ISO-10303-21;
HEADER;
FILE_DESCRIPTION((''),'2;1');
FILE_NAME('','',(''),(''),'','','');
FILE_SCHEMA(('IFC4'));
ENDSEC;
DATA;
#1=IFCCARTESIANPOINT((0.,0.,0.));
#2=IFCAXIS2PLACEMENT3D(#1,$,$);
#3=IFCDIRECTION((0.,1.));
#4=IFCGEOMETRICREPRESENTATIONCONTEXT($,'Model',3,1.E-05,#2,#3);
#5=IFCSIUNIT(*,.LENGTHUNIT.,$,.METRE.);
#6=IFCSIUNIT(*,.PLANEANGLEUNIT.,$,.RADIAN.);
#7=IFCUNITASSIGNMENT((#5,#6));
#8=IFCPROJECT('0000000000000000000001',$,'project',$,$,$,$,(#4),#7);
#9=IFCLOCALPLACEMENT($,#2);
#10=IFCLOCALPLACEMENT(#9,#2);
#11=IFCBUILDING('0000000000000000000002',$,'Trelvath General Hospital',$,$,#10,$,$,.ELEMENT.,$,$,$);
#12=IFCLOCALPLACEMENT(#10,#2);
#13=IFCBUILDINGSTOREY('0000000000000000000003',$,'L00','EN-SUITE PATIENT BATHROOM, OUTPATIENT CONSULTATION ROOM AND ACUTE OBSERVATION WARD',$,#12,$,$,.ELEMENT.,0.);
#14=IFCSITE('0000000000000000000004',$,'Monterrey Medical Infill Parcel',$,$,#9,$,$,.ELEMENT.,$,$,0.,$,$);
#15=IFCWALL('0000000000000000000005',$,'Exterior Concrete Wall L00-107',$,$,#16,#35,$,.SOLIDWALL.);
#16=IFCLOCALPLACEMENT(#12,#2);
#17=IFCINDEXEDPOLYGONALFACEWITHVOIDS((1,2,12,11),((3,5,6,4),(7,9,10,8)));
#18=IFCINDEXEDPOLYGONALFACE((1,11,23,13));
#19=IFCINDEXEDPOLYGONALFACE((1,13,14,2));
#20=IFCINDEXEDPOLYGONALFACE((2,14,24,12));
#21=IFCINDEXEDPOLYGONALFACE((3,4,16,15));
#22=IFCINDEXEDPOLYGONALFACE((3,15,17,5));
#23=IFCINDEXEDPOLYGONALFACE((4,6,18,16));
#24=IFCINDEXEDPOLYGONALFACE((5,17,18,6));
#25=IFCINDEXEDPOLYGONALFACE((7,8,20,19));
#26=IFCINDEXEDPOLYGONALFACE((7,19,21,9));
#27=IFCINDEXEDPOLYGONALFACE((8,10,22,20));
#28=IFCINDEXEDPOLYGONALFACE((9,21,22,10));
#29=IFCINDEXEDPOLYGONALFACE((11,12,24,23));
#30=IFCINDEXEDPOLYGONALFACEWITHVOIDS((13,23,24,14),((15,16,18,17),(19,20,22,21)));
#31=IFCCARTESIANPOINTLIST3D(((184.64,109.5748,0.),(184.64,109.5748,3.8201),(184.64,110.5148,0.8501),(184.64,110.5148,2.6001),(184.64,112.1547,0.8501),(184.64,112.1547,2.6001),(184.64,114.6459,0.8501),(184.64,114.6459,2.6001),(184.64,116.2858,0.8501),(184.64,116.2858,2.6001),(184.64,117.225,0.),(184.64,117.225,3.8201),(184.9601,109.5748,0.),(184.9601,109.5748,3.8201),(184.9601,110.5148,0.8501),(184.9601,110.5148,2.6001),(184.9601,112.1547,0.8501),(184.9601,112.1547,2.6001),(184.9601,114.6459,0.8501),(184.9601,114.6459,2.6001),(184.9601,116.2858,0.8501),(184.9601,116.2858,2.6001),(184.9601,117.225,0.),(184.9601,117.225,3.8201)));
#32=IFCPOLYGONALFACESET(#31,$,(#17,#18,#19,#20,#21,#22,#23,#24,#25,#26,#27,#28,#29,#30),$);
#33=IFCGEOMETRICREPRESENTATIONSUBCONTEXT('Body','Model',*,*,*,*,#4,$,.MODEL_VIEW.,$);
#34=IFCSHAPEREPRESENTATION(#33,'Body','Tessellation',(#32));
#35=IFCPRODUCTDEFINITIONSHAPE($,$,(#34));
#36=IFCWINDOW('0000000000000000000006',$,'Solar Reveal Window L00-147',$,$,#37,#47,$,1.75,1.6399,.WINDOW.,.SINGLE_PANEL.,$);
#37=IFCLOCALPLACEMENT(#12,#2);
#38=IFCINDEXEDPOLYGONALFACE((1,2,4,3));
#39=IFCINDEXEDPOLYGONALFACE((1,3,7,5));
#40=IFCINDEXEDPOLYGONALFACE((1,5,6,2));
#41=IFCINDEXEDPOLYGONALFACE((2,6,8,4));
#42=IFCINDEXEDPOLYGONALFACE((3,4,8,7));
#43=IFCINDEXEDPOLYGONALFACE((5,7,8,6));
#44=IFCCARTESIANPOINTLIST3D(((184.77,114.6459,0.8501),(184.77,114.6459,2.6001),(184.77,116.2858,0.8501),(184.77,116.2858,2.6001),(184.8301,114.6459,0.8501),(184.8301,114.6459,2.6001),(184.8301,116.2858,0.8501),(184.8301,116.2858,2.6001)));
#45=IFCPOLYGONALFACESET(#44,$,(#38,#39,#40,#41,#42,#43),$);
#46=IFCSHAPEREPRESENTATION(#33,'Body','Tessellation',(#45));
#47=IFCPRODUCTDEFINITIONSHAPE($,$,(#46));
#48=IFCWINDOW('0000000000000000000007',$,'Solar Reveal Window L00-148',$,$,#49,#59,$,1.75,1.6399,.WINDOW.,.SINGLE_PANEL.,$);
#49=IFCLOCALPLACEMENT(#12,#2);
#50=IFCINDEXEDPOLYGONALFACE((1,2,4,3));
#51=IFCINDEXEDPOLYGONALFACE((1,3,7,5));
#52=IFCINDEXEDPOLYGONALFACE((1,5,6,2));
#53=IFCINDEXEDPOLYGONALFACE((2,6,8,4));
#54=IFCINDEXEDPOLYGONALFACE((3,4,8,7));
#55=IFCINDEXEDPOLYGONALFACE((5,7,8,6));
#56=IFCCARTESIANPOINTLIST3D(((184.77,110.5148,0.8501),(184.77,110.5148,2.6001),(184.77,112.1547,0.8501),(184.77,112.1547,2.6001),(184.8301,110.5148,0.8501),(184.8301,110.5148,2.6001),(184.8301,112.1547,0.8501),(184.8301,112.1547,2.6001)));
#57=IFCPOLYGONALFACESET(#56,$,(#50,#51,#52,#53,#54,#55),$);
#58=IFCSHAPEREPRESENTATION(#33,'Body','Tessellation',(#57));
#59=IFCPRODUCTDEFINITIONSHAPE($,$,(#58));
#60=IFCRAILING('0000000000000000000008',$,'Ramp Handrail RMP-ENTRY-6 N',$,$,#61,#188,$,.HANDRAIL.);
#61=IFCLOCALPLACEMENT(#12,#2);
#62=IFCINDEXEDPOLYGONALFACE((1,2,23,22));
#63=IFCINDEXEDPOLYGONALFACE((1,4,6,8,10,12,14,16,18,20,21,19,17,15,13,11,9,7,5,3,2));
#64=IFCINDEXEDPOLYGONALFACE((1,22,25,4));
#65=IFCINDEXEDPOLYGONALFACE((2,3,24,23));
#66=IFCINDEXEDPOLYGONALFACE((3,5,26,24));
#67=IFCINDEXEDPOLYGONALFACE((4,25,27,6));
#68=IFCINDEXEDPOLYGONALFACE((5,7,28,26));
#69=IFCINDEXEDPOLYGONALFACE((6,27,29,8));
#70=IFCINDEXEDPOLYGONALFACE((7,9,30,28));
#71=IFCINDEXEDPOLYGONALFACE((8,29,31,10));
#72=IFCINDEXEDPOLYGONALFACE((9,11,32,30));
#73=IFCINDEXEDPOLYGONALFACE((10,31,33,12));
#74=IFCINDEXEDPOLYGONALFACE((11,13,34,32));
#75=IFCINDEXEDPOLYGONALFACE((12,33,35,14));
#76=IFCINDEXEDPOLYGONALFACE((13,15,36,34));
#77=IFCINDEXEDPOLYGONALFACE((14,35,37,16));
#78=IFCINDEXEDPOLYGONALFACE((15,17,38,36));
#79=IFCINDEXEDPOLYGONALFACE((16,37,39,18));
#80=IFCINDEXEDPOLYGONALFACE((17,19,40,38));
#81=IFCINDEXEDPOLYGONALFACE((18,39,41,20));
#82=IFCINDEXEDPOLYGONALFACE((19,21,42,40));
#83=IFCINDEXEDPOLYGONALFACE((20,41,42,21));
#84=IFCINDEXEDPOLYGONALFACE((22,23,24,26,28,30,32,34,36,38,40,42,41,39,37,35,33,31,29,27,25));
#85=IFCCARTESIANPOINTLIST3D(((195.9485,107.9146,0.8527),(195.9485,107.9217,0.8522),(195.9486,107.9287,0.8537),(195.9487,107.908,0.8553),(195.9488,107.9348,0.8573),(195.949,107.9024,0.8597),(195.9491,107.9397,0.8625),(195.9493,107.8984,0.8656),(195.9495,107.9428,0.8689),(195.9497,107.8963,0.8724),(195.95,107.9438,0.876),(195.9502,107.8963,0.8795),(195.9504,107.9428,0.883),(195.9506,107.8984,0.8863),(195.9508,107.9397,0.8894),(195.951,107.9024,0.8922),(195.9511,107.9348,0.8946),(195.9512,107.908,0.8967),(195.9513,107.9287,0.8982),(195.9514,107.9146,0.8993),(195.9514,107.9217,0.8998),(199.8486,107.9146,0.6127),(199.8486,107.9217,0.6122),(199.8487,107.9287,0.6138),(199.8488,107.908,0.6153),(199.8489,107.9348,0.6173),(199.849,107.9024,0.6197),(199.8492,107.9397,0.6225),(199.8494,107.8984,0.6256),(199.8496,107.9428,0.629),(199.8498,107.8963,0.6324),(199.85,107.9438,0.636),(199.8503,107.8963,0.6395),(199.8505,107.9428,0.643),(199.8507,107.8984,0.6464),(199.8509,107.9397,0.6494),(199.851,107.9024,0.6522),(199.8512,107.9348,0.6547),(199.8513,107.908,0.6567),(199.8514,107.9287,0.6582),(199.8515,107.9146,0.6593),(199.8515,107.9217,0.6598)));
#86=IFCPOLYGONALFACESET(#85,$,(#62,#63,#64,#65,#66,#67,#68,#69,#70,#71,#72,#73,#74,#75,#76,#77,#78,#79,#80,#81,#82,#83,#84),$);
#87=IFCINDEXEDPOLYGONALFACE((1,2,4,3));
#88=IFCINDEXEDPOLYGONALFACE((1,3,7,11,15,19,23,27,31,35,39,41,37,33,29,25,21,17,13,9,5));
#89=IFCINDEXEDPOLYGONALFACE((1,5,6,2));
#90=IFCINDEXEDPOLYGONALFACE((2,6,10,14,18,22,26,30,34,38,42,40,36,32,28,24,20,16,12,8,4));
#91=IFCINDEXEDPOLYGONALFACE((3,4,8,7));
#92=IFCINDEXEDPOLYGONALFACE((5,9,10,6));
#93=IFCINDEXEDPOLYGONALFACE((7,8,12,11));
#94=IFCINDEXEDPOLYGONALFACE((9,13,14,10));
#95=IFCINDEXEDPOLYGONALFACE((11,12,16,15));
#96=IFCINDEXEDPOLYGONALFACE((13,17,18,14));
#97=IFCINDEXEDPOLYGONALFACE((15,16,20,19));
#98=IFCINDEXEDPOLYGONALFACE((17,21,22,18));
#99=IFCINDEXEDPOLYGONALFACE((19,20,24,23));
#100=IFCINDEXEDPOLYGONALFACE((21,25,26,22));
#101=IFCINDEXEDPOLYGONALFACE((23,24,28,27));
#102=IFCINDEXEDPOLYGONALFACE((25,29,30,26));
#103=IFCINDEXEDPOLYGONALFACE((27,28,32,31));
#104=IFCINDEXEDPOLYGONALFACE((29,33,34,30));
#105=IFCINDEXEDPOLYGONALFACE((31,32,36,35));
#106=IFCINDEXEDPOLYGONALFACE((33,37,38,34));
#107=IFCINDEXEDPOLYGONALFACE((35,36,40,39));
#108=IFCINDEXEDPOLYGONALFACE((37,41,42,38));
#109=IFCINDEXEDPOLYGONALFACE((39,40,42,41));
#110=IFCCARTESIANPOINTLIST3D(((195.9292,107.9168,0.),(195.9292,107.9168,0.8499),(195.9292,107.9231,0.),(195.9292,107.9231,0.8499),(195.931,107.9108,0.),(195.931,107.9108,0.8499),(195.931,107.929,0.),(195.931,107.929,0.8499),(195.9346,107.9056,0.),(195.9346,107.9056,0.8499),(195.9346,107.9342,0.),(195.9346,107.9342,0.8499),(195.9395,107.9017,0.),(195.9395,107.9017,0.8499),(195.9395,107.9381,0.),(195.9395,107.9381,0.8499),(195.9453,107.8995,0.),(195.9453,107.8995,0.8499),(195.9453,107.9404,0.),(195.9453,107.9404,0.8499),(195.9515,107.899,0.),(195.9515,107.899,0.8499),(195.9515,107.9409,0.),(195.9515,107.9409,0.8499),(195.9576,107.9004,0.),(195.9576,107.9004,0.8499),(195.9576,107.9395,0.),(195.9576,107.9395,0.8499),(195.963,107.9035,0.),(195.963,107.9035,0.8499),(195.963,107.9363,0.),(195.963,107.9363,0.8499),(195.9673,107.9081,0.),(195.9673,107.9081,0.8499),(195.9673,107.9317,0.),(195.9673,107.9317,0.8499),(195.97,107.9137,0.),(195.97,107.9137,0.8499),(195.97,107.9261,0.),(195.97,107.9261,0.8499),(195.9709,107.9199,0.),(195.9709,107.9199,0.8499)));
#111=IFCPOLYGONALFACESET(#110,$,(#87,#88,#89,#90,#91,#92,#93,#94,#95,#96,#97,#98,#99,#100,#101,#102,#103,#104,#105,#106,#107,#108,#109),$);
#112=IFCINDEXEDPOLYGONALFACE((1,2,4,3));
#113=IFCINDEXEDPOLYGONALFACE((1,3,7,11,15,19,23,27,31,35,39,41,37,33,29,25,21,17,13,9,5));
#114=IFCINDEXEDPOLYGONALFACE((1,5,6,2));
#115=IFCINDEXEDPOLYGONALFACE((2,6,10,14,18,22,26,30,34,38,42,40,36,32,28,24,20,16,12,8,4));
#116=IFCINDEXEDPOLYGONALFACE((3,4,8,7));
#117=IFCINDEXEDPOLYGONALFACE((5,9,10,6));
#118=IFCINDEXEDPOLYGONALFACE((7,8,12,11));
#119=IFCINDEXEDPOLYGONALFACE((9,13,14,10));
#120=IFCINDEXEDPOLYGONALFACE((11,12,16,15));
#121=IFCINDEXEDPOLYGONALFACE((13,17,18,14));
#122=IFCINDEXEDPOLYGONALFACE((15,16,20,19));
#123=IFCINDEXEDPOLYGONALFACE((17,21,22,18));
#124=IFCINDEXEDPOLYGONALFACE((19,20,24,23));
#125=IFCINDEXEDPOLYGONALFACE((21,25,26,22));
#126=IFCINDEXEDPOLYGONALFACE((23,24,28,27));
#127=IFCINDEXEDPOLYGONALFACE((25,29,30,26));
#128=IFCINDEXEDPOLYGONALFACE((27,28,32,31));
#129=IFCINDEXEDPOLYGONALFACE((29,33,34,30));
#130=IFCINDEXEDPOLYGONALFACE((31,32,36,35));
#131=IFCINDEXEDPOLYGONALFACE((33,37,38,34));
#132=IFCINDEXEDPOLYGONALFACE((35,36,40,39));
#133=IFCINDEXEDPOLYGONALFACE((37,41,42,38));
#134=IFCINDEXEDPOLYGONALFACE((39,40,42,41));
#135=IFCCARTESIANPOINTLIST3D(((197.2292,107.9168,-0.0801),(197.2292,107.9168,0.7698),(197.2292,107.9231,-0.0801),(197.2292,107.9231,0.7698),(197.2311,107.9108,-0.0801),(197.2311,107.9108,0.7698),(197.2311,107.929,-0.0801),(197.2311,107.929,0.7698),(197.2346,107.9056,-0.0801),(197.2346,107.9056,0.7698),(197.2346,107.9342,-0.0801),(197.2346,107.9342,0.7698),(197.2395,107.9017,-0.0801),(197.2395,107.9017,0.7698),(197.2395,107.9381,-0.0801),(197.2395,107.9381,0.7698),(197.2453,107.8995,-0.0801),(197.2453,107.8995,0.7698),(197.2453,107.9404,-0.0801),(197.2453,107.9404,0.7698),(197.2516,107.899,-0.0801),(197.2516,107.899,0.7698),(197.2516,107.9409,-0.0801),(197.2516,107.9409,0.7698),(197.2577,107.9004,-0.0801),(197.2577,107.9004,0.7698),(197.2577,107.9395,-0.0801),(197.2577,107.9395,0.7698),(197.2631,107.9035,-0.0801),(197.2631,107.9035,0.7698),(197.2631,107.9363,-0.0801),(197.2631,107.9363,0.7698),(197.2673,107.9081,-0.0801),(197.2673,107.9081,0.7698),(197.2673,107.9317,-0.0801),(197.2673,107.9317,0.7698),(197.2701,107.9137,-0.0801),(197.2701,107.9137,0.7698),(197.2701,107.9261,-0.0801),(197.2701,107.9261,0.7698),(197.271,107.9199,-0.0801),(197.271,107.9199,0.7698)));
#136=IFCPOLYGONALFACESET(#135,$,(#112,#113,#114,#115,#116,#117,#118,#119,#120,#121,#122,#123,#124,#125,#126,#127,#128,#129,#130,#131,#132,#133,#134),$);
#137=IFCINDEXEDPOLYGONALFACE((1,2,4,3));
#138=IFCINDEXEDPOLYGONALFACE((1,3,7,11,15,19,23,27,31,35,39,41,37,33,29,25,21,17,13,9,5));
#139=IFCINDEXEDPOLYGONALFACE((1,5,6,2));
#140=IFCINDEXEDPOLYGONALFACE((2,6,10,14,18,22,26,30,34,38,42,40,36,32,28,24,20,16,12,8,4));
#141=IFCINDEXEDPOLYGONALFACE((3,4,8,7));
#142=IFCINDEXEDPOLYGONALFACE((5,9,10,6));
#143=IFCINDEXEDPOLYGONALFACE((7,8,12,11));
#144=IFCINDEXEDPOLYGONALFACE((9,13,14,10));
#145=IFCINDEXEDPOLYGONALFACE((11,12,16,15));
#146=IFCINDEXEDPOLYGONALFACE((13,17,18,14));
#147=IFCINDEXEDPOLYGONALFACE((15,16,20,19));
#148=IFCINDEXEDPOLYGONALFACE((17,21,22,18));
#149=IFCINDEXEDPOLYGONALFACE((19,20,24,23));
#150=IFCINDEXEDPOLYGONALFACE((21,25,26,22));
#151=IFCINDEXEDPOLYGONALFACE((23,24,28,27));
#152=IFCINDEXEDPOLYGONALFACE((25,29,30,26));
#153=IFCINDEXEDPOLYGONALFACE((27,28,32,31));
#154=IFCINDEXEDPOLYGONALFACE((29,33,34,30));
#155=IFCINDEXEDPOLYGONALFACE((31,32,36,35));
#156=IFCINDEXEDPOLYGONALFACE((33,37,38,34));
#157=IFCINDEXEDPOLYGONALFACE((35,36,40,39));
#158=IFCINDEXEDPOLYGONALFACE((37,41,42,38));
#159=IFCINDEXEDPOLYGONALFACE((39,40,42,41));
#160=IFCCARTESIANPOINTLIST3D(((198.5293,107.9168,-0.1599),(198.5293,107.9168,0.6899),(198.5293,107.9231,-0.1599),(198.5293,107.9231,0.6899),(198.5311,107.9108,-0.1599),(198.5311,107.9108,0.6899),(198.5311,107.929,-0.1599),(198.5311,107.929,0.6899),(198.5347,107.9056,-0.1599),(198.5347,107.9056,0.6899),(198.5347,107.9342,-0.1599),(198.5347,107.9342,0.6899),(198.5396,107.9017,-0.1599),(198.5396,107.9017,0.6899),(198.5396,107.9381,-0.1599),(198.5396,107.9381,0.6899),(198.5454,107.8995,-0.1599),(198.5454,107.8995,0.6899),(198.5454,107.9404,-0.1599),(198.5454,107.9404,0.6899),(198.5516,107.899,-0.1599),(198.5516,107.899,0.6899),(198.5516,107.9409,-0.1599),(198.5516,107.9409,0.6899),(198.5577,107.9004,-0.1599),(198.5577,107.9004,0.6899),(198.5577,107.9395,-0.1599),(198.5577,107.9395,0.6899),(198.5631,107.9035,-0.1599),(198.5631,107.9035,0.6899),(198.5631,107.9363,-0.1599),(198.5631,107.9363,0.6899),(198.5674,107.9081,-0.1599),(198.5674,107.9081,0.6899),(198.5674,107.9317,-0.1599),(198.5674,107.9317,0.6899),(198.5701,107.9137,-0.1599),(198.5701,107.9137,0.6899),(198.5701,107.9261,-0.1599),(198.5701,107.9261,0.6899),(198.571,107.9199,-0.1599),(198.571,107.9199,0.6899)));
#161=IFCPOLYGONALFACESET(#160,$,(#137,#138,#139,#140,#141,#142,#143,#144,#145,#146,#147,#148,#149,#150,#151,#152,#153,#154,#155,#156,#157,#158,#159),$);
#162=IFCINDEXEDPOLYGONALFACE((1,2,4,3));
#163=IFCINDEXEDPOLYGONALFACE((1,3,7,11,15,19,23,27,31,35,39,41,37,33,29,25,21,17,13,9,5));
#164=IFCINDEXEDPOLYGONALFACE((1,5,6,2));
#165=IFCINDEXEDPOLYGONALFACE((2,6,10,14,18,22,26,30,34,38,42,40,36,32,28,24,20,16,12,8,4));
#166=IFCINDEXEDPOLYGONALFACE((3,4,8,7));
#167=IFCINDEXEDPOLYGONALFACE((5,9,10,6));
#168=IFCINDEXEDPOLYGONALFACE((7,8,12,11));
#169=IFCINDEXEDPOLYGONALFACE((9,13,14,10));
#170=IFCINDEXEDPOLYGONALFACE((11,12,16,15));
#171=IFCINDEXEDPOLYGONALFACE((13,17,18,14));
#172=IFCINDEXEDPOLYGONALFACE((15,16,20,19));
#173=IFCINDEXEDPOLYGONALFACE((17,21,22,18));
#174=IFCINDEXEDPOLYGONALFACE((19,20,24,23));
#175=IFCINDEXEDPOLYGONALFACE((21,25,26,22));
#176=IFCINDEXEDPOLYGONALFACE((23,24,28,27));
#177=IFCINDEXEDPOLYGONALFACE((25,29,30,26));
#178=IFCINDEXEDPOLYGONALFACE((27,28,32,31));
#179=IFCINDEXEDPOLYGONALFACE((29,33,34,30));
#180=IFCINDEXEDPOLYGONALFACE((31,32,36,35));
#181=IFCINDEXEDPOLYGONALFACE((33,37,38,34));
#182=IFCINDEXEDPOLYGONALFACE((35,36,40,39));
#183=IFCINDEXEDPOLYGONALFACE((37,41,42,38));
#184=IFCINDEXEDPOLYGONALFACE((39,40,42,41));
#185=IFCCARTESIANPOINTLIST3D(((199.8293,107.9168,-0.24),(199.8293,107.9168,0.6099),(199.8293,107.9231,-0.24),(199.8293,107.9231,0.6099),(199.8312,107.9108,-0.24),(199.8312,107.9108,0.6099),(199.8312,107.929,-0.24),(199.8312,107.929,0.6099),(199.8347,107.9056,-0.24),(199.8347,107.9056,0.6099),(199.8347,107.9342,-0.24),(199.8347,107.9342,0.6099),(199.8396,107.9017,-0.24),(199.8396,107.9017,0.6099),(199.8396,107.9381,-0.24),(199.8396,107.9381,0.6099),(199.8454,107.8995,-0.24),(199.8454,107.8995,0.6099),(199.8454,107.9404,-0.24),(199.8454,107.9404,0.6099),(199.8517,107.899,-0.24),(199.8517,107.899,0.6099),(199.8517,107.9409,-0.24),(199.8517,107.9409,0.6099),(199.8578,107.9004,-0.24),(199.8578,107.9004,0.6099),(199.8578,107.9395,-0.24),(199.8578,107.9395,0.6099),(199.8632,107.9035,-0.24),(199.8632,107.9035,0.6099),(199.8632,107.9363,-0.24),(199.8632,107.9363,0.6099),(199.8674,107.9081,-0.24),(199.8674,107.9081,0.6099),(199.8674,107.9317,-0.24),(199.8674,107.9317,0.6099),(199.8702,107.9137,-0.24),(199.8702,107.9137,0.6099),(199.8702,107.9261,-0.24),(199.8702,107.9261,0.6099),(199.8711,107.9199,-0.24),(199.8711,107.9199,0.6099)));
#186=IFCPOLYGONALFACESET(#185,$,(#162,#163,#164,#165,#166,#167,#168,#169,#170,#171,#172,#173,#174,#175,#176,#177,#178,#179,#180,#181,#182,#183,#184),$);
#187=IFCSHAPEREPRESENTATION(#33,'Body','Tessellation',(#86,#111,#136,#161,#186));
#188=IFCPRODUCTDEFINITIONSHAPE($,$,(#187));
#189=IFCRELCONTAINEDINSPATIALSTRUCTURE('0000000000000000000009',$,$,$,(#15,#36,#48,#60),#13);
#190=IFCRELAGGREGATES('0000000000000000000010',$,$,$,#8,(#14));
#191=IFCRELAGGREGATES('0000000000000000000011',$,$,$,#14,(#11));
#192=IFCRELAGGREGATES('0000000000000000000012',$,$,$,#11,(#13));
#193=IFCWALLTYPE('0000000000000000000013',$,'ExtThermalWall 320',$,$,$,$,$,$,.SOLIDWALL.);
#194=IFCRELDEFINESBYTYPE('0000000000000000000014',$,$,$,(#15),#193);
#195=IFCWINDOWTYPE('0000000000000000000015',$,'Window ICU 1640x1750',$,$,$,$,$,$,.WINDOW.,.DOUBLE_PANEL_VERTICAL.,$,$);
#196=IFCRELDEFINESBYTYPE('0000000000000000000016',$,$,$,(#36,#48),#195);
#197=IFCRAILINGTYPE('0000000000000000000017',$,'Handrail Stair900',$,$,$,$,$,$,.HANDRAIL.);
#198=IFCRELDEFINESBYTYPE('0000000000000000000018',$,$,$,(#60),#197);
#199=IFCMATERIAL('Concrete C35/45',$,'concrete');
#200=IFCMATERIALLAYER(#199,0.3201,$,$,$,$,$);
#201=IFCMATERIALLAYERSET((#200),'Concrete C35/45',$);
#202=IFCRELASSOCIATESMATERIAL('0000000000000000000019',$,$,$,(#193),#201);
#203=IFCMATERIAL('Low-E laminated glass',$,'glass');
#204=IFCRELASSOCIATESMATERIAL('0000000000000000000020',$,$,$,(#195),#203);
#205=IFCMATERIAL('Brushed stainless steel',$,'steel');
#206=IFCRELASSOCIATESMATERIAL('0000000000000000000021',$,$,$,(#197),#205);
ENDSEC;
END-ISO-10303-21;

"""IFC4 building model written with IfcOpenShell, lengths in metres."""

from ifc_helpers import new_model, si_unit, direction, frame, frame_2d, origin, origin_2d, place, context, subcontext, project, spatial, rectangle, circle, extrude, material, layer, layer_set, type_object, element, fill, save


model = new_model("IFC4")

# Units and contexts
model_context = context("Model", 3, precision=1e-05, world=origin(), true_north=direction((0.0, 1.0)))
body_context = subcontext(model_context, "Body", "Model", "MODEL_VIEW")
ifc_project = project(units=[si_unit("LENGTHUNIT", "METRE"), si_unit("PLANEANGLEUNIT", "RADIAN")], contexts=[model_context])

# Site, building, storey
site_placement = place(None, origin())
site = spatial("IfcSite", under=ifc_project, at=site_placement, Name="Monterrey Medical Infill Parcel", CompositionType="ELEMENT", RefElevation=0.0)
building_placement = place(site_placement, origin())
building = spatial("IfcBuilding", under=site, at=building_placement, Name="Trelvath General Hospital", CompositionType="ELEMENT")
storey_placement = place(building_placement, origin())
storey = spatial("IfcBuildingStorey", under=building, at=storey_placement, Name="L00", Description="EN-SUITE PATIENT BATHROOM, OUTPATIENT CONSULTATION ROOM AND ACUTE OBSERVATION WARD", CompositionType="ELEMENT", Elevation=0.0)

# Shared definitions
ifc_material_1 = material(Name="Concrete C35/45", Category="concrete")
ifc_layer_1 = layer(ifc_material_1, 0.3201)
ifc_layer_set_1 = layer_set([ifc_layer_1], Name="Concrete C35/45")
wall_type_1 = type_object("IfcWallType", Name="ExtThermalWall 320", PredefinedType="SOLIDWALL", material=ifc_layer_set_1)

# Wall, openings, windows
wall_1_placement = place(storey_placement, frame((184.8, 117.2251, 0.0), z_axis=(0.0, 0.0, 1.0), x_axis=(0.0, -1.0, 0.0)))
wall_1 = element("IfcWall", 1, at=wall_1_placement, inside=storey, type_object=wall_type_1, Name="Exterior Concrete Wall L00-107", PredefinedType="SOLIDWALL", context=body_context, shape_type="SweptSolid", body=[
    extrude(rectangle(XDim=7.6501, YDim=0.3201, at=frame_2d((3.8252, 0.0))), origin(), (0.0, 0.0, 1.0), 3.8201),
])
opening_1_placement = place(wall_1_placement, frame((0.9395, 0.0, 0.8501)))
opening_1 = element("IfcOpeningElement", 2, at=opening_1_placement, cuts=wall_1, PredefinedType="OPENING", context=body_context, shape_type="SweptSolid", body=[
    extrude(rectangle(XDim=1.6399, YDim=1.75, at=frame_2d((0.8198, 0.875))), frame((0.0, 0.1699, 0.0), z_axis=(0.0, -1.0, 0.0), x_axis=(1.0, 0.0, 0.0)), (0.0, 0.0, 1.0), 0.3401),
])
opening_2_placement = place(wall_1_placement, frame((5.0706, 0.0, 0.8501)))
opening_2 = element("IfcOpeningElement", 3, at=opening_2_placement, cuts=wall_1, PredefinedType="OPENING", context=body_context, shape_type="SweptSolid", body=[
    extrude(rectangle(XDim=1.6399, YDim=1.75, at=frame_2d((0.8198, 0.875))), frame((0.0, 0.1699, 0.0), z_axis=(0.0, -1.0, 0.0), x_axis=(1.0, 0.0, 0.0)), (0.0, 0.0, 1.0), 0.3401),
])
ifc_material_2 = material(Name="Low-E laminated glass", Category="glass")
window_type = type_object("IfcWindowType", Name="Window ICU 1640x1750", PartitioningType="DOUBLE_PANEL_VERTICAL", PredefinedType="WINDOW", material=ifc_material_2)
window_1_placement = place(opening_1_placement, origin())
window_1 = element("IfcWindow", 4, at=window_1_placement, inside=storey, type_object=window_type, Name="Solar Reveal Window L00-147", OverallHeight=1.75, OverallWidth=1.6399, PartitioningType="SINGLE_PANEL", PredefinedType="WINDOW", context=body_context, shape_type="SweptSolid", body=[
    extrude(rectangle(XDim=1.6399, YDim=1.75, at=frame_2d((0.8198, 0.875))), frame((0.0, 0.03, 0.0), z_axis=(0.0, -1.0, 0.0), x_axis=(1.0, 0.0, 0.0)), (0.0, 0.0, 1.0), 0.0601),
])
fill(opening_1, window_1)
window_2_placement = place(opening_2_placement, origin())
window_2 = element("IfcWindow", 5, at=window_2_placement, inside=storey, type_object=window_type, Name="Solar Reveal Window L00-148", OverallHeight=1.75, OverallWidth=1.6399, PartitioningType="SINGLE_PANEL", PredefinedType="WINDOW", context=body_context, shape_type="SweptSolid", body=[
    extrude(rectangle(XDim=1.6399, YDim=1.75, at=frame_2d((0.8198, 0.875))), frame((0.0, 0.03, 0.0), z_axis=(0.0, -1.0, 0.0), x_axis=(1.0, 0.0, 0.0)), (0.0, 0.0, 1.0), 0.0601),
])
fill(opening_2, window_2)

# Railing
ifc_material_3 = material(Name="Brushed stainless steel", Category="steel")
railing_type = type_object("IfcRailingType", Name="Handrail Stair900", PredefinedType="HANDRAIL", material=ifc_material_3)
railing_placement = place(storey_placement, frame((195.95, 107.9199, 0.0)))
element("IfcRailing", 6, at=railing_placement, inside=storey, type_object=railing_type, Name="Ramp Handrail RMP-ENTRY-6 N", PredefinedType="HANDRAIL", context=body_context, shape_type="SweptSolid", body=[
    extrude(circle(Radius=0.0239, at=origin_2d()), frame((0.0, 0.0, 0.876), z_axis=(0.998112, 0.0, -0.061417), x_axis=(0.0, 1.0, 0.0)), (0.0, 0.0, 1.0), 3.9075),
    extrude(circle(Radius=0.021, at=origin_2d()), origin(), (0.0, 0.0, 1.0), 0.8499),
    extrude(circle(Radius=0.021, at=origin_2d()), frame((1.3, 0.0, -0.0801)), (0.0, 0.0, 1.0), 0.8499),
    extrude(circle(Radius=0.021, at=origin_2d()), frame((2.6001, 0.0, -0.1599)), (0.0, 0.0, 1.0), 0.8499),
    extrude(circle(Radius=0.021, at=origin_2d()), frame((3.9001, 0.0, -0.24)), (0.0, 0.0, 1.0), 0.8499),
])

save(model, "model.ifc")
